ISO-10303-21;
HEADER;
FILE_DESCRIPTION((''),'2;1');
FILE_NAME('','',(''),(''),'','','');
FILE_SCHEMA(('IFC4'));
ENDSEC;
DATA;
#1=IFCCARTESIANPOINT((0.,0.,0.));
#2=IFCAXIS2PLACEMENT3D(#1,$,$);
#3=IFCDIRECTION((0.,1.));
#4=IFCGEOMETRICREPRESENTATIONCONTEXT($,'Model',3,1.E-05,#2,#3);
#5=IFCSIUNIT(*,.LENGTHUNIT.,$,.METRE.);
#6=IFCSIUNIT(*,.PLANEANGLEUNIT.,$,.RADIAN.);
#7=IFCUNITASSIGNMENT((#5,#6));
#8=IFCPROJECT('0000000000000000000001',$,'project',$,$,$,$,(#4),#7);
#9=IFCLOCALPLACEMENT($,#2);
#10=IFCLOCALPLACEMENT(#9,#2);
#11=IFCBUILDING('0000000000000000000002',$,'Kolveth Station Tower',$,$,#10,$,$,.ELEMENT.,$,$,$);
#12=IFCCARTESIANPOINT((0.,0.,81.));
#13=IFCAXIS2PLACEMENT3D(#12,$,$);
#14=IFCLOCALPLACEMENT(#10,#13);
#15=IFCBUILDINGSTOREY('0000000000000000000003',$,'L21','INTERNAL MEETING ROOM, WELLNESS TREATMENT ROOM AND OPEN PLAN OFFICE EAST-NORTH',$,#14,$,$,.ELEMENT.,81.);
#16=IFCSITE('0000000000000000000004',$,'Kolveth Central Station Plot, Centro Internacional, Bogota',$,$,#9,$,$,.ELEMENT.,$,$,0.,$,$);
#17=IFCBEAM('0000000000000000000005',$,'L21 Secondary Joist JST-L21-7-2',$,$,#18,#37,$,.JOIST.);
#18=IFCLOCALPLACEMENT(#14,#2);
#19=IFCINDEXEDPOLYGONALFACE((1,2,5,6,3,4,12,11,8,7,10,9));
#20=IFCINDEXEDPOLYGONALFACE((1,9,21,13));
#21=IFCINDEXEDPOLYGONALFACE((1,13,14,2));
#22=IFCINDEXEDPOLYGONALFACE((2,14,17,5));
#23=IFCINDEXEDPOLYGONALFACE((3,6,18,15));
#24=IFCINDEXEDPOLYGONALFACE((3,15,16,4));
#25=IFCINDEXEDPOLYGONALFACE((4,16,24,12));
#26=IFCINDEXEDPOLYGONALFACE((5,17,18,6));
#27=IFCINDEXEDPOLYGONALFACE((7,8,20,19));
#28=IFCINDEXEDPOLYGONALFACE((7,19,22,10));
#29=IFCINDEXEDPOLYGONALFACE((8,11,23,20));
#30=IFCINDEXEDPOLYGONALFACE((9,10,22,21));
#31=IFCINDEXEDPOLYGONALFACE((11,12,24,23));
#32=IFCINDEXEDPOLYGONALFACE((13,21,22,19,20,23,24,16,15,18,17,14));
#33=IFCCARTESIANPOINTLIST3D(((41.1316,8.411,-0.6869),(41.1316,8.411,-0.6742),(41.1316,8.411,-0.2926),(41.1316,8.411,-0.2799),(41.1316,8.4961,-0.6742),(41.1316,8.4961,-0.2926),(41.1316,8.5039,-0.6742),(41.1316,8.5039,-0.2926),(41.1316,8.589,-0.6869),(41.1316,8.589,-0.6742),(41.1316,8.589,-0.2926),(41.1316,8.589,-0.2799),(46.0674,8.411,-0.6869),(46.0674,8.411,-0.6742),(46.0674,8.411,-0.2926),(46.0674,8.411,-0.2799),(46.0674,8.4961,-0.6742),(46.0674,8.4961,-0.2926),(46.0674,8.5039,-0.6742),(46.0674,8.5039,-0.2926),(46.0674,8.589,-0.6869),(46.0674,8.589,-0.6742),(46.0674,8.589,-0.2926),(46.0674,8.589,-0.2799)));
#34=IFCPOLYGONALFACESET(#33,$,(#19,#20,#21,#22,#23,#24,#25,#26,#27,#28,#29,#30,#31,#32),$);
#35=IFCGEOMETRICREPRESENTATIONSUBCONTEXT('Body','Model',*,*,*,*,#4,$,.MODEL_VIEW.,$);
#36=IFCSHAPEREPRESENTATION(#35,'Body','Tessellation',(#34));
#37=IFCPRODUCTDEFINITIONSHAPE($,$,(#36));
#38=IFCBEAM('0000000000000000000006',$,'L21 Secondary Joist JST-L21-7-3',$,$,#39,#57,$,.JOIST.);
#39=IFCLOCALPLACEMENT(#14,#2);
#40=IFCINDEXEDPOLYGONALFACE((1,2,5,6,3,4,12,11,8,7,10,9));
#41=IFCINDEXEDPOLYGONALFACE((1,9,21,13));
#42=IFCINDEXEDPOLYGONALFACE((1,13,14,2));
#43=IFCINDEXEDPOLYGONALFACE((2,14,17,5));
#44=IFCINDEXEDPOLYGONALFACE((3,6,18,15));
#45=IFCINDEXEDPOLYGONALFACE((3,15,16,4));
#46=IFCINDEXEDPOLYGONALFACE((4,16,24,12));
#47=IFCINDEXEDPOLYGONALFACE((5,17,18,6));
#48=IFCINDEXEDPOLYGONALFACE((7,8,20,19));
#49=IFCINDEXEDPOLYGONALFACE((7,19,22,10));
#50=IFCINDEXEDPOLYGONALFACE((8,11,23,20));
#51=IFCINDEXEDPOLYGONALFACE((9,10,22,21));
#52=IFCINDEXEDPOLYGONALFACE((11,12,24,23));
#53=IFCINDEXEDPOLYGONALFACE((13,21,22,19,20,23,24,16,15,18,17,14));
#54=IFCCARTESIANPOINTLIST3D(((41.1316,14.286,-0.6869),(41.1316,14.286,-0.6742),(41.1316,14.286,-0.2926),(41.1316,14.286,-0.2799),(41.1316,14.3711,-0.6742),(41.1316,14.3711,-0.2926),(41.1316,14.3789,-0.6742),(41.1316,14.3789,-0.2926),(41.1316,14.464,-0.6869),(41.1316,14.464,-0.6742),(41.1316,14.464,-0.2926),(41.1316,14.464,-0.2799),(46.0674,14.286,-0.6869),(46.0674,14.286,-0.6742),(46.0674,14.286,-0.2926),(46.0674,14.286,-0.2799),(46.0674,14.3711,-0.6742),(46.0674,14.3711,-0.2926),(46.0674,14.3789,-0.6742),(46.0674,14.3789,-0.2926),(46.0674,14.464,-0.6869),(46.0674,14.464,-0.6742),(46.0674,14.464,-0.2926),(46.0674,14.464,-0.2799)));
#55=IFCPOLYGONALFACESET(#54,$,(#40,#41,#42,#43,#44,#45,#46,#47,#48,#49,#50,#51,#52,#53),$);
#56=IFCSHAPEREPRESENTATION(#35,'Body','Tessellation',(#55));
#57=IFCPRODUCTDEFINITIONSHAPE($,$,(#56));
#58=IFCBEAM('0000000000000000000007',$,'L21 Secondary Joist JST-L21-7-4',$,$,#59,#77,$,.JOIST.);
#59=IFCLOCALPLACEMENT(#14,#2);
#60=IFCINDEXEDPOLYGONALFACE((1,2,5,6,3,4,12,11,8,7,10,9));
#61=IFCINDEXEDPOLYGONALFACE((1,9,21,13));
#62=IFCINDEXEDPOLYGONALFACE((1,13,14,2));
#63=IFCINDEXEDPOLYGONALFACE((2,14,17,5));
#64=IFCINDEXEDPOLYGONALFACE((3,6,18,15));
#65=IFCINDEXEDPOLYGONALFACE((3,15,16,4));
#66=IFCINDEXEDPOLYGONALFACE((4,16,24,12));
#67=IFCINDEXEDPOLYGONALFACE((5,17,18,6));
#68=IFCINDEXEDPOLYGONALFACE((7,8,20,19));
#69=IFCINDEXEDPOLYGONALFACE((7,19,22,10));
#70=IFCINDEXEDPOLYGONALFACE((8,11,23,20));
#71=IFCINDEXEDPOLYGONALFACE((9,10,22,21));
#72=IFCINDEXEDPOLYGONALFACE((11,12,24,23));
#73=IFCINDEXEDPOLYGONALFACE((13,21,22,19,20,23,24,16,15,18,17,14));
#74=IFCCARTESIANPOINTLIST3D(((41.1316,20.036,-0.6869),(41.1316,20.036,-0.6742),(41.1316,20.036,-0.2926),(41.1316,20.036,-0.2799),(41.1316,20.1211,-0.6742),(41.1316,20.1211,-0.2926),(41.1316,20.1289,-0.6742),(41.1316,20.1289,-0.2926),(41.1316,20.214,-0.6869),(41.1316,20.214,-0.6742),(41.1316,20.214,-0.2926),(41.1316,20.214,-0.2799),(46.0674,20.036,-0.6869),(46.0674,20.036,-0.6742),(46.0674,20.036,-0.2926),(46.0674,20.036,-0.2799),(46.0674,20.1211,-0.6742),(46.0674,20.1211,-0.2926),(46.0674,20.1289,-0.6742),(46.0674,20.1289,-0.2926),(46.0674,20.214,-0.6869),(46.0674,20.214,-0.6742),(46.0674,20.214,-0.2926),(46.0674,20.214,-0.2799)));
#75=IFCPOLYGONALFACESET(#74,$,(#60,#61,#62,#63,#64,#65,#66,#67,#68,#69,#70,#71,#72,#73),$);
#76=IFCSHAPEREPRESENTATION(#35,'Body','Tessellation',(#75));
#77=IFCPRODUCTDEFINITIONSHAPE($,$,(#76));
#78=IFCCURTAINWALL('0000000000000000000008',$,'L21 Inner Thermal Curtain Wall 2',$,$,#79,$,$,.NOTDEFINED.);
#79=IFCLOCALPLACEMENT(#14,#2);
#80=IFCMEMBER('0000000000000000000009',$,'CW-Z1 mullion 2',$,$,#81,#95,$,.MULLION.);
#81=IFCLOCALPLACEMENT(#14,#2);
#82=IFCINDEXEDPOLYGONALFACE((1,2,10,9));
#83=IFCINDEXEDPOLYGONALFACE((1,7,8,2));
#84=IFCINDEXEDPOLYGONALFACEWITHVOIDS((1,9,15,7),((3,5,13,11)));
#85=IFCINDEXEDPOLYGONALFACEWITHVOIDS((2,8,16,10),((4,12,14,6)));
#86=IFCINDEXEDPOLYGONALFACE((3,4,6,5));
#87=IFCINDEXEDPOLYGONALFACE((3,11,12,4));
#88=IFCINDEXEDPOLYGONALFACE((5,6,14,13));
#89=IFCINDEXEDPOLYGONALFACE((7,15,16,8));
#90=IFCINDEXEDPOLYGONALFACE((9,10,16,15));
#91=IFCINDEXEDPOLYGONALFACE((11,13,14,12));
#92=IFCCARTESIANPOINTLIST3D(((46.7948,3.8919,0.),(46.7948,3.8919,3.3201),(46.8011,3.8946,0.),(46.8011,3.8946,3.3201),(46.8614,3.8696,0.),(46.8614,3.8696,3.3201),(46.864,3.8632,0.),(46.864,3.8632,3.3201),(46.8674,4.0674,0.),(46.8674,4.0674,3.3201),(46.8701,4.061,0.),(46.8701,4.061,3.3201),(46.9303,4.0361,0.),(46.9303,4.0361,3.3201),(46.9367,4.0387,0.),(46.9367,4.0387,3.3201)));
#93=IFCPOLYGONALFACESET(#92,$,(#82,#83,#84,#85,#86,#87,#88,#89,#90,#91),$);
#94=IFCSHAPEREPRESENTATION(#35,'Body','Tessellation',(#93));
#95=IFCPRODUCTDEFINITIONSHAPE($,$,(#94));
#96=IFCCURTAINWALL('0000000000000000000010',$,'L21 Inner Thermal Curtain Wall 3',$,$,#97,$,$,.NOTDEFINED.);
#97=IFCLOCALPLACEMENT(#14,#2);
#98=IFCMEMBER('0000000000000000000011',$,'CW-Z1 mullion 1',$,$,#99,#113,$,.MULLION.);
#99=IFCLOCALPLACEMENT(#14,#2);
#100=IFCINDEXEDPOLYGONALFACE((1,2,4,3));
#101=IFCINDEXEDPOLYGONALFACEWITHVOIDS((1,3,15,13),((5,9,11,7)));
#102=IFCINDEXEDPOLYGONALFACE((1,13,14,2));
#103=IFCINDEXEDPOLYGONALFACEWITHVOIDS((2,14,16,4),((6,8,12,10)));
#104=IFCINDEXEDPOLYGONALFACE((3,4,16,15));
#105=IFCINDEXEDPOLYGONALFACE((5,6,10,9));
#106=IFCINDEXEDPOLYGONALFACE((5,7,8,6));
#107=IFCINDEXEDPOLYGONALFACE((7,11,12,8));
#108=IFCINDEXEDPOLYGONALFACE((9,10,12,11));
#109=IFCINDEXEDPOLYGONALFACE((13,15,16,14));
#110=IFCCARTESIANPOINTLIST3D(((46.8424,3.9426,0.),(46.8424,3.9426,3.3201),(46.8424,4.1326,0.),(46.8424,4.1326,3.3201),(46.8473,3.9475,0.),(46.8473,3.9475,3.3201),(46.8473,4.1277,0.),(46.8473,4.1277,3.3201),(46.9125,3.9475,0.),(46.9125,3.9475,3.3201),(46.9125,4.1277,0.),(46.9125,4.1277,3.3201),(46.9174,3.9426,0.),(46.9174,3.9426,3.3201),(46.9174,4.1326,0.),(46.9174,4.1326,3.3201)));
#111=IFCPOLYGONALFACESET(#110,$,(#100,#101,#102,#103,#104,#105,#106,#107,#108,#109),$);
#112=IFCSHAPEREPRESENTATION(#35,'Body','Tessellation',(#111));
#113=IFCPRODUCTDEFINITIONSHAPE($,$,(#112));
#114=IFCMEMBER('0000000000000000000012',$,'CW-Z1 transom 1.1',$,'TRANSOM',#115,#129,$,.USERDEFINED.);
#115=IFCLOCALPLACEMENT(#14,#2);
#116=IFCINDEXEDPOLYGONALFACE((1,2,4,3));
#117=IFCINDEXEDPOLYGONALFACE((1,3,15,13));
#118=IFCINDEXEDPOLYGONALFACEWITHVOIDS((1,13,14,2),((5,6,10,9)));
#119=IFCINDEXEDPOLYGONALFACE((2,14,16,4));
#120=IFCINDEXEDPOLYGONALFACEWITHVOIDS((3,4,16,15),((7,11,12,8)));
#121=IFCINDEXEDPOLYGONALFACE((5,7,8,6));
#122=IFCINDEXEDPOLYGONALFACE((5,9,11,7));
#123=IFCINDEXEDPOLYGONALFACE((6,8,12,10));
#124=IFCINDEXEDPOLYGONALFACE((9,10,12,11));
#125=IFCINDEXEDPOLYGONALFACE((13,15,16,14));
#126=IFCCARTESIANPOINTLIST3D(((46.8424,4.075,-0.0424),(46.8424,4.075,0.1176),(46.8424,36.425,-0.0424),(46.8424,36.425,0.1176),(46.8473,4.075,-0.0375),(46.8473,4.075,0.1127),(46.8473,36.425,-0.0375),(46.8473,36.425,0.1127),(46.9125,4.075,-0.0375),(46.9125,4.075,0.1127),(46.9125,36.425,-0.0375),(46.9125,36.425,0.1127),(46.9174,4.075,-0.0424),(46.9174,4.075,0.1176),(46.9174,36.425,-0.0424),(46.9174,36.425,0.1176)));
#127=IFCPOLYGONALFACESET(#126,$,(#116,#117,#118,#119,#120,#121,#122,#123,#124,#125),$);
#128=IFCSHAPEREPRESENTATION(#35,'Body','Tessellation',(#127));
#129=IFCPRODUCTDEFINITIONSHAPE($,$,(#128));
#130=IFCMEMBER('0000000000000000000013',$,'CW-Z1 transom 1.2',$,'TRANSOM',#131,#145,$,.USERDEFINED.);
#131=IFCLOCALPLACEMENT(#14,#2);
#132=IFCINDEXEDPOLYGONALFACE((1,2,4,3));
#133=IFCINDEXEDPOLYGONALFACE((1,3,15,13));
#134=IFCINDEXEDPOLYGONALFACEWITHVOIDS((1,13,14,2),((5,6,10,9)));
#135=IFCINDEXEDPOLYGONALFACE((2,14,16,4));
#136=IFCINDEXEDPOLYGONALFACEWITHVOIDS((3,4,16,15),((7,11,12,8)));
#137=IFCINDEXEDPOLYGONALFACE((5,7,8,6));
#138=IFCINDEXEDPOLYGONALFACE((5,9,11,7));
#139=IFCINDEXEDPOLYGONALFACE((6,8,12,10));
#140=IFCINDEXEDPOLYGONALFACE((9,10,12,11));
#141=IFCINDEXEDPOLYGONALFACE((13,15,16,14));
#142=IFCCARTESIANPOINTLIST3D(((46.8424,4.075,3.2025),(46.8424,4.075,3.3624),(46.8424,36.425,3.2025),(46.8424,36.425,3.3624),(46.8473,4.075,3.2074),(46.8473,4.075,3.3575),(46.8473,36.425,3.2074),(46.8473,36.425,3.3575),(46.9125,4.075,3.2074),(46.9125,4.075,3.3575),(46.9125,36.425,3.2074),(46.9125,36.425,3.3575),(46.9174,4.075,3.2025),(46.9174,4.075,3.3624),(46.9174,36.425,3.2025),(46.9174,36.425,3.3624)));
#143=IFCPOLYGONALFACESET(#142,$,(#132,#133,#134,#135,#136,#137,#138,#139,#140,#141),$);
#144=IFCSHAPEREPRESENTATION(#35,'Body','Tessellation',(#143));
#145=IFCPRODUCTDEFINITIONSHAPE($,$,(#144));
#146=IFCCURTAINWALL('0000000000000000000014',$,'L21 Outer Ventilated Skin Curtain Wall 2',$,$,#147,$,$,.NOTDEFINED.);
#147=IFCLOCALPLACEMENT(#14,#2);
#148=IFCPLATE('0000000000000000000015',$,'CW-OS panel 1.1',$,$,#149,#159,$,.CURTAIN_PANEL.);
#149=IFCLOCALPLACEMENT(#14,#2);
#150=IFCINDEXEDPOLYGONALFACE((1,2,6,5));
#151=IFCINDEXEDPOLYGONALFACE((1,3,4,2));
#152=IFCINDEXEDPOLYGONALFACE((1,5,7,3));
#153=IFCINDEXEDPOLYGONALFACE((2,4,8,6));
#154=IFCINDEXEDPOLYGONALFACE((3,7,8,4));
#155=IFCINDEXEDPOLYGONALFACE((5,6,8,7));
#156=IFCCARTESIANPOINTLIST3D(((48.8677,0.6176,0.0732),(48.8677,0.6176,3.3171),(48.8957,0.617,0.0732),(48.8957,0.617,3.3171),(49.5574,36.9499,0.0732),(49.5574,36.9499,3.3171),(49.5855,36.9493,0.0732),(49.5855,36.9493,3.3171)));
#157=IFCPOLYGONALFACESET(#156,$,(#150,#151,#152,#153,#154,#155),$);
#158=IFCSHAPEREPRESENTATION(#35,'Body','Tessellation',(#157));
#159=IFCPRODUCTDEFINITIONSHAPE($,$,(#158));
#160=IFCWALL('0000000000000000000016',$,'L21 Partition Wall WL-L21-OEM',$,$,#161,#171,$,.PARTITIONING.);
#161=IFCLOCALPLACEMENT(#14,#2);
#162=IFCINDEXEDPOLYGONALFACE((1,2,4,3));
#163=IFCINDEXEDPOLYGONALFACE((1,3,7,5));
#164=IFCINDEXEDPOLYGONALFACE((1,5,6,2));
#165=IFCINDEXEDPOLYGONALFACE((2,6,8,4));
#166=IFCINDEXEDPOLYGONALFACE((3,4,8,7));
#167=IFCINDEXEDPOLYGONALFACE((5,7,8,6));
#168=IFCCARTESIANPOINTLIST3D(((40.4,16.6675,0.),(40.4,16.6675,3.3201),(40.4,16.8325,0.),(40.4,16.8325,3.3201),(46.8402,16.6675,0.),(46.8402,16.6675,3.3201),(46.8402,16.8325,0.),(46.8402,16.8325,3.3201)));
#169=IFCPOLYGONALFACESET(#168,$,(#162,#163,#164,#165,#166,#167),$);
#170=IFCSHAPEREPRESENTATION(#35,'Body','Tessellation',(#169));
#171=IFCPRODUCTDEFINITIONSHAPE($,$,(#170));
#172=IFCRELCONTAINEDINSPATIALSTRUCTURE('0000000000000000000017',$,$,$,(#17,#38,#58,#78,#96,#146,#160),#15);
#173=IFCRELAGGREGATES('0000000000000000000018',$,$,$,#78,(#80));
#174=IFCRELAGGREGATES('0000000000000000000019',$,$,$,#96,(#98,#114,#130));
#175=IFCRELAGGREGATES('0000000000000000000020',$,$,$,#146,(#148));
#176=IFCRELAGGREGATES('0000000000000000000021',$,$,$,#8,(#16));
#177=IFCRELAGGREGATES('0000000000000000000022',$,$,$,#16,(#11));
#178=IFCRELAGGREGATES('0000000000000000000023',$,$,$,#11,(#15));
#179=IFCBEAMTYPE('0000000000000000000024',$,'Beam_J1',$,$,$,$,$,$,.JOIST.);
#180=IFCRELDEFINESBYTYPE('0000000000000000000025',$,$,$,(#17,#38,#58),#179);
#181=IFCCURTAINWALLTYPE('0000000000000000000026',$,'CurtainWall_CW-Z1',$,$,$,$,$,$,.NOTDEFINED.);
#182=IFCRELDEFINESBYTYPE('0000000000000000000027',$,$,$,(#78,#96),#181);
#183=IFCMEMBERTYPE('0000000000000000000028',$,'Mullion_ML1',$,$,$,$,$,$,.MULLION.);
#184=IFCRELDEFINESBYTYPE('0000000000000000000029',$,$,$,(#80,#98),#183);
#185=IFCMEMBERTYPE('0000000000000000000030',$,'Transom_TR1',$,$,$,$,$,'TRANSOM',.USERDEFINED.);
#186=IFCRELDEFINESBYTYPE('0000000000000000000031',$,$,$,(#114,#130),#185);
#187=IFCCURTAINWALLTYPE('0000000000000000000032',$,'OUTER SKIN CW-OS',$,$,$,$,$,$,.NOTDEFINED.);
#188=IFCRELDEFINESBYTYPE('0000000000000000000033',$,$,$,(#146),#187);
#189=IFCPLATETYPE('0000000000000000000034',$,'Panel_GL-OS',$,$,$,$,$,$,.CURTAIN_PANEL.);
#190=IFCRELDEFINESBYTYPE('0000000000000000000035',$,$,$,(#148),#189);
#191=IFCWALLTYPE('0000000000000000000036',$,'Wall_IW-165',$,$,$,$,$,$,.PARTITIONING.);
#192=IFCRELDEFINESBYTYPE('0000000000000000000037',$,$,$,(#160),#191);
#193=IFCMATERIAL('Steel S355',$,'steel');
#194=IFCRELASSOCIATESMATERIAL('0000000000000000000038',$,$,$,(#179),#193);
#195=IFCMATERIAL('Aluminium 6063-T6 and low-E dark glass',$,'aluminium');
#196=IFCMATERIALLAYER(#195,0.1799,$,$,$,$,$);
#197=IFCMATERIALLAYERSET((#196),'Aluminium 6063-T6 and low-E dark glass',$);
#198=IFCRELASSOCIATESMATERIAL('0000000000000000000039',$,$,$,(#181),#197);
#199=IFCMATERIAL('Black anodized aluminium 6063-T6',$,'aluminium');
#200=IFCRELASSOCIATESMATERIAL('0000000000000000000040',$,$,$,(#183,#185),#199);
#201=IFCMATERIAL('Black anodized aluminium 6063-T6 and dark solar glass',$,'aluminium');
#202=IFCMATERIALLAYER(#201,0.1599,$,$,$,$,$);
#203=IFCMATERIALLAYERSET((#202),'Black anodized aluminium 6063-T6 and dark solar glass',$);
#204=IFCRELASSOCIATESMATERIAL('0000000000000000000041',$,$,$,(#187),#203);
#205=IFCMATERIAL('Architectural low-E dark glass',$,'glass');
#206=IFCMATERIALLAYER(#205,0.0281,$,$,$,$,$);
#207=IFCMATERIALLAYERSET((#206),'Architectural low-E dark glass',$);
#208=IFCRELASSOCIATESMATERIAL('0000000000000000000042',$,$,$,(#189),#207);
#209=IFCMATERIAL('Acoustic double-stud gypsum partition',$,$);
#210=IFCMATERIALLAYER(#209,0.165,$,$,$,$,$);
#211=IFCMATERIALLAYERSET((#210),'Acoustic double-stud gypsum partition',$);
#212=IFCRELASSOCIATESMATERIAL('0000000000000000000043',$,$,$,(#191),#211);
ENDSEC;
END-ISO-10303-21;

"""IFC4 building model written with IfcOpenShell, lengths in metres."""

from ifc_helpers import new_model, si_unit, direction, frame, frame_2d, origin, origin_2d, place, context, subcontext, project, spatial, rectangle, hollow_rectangle, i_section, extrude, source, transform, mapped, material, layer, layer_set, material_profile, profile_set, type_object, element, aggregate, save


model = new_model("IFC4")

# Units and contexts
model_context = context("Model", 3, precision=1e-05, world=origin(), true_north=direction((0.0, 1.0)))
body_context = subcontext(model_context, "Body", "Model", "MODEL_VIEW")
ifc_project = project(units=[si_unit("LENGTHUNIT", "METRE"), si_unit("PLANEANGLEUNIT", "RADIAN")], contexts=[model_context])

# Site, building, storey
site_placement = place(None, origin())
site = spatial("IfcSite", under=ifc_project, at=site_placement, Name="Kolveth Central Station Plot, Centro Internacional, Bogota", CompositionType="ELEMENT", RefElevation=0.0)
building_placement = place(site_placement, origin())
building = spatial("IfcBuilding", under=site, at=building_placement, Name="Kolveth Station Tower", CompositionType="ELEMENT")
storey_placement = place(building_placement, frame((0.0, 0.0, 81.0)))
storey = spatial("IfcBuildingStorey", under=building, at=storey_placement, Name="L21", Description="INTERNAL MEETING ROOM, WELLNESS TREATMENT ROOM AND OPEN PLAN OFFICE EAST-NORTH", CompositionType="ELEMENT", Elevation=81.0)

# Shared definitions
ifc_material_1 = material(Name="Steel S355", Category="steel")

# Beams
ifc_material_profile_1 = material_profile(ifc_material_1, i_section(OverallWidth=0.178, OverallDepth=0.407, WebThickness=0.0078, FlangeThickness=0.0127, at=origin_2d()), Name="W410x60")
ifc_profile_set_1 = profile_set([ifc_material_profile_1], Name="Steel S355")
beam_type_1 = type_object("IfcBeamType", Name="Beam_J1", PredefinedType="JOIST", material=ifc_profile_set_1)
shared_shape_1 = source(origin(), body_context, "Body", "SweptSolid", [
    extrude(i_section(OverallWidth=0.178, OverallDepth=0.407, WebThickness=0.0078, FlangeThickness=0.0127, at=origin_2d()), origin(), (0.0, 0.0, 1.0), 4.9358),
])
for number, where, z_axis, x_axis, name in (
    (1, (41.1316, 8.5, -0.4834), (1.0, 0.0, 0.0), (0.0, 1.0, 0.0), "L21 Secondary Joist JST-L21-7-2"),
    (2, (41.1316, 14.375, -0.4834), (1.0, 0.0, 0.0), (0.0, 1.0, 0.0), "L21 Secondary Joist JST-L21-7-3"),
    (3, (41.1316, 20.125, -0.4834), (1.0, 0.0, 0.0), (0.0, 1.0, 0.0), "L21 Secondary Joist JST-L21-7-4"),
):
    element("IfcBeam", number, at=place(storey_placement, frame(where, z_axis=z_axis, x_axis=x_axis)), inside=storey, type_object=beam_type_1, Name=name, PredefinedType="JOIST", context=body_context, shape_type="MappedRepresentation", body=[
        mapped(shared_shape_1, transform((0.0, 0.0, 0.0), x_axis=(1.0, 0.0, 0.0), y_axis=(0.0, 1.0, 0.0), z_axis=(0.0, 0.0, 1.0), scale=1.0)),
    ])

# Curtain wall, member
ifc_material_2 = material(Name="Aluminium 6063-T6 and low-E dark glass", Category="aluminium")
ifc_layer_1 = layer(ifc_material_2, 0.1799)
ifc_layer_set_1 = layer_set([ifc_layer_1], Name="Aluminium 6063-T6 and low-E dark glass")
curtain_wall_type_1 = type_object("IfcCurtainWallType", Name="CurtainWall_CW-Z1", PredefinedType="NOTDEFINED", material=ifc_layer_set_1)
curtain_wall_1_placement = place(storey_placement, origin())
curtain_wall_1 = element("IfcCurtainWall", 4, at=curtain_wall_1_placement, inside=storey, type_object=curtain_wall_type_1, Name="L21 Inner Thermal Curtain Wall 2", PredefinedType="NOTDEFINED")
ifc_material_3 = material(Name="Black anodized aluminium 6063-T6", Category="aluminium")
ifc_material_profile_2 = material_profile(ifc_material_3, hollow_rectangle(XDim=0.075, YDim=0.1899, WallThickness=0.0049, at=origin_2d()), Name="ALU-75x190x5")
ifc_profile_set_2 = profile_set([ifc_material_profile_2], Name="Black anodized aluminium 6063-T6")
member_type_1 = type_object("IfcMemberType", Name="Mullion_ML1", PredefinedType="MULLION", material=ifc_profile_set_2)
shared_shape_2 = source(origin(), body_context, "Body", "SweptSolid", [
    extrude(hollow_rectangle(XDim=0.075, YDim=0.1899, WallThickness=0.0049, at=origin_2d()), origin(), (0.0, 0.0, 1.0), 3.3201),
])
member_1_placement = place(storey_placement, frame((46.8657, 3.9653, 0.0), z_axis=(0.0, 0.0, 1.0), x_axis=(-0.923884, 0.382673, 0.0)))
member_1 = element("IfcMember", 5, at=member_1_placement, type_object=member_type_1, Name="CW-Z1 mullion 2", PredefinedType="MULLION", context=body_context, shape_type="MappedRepresentation", body=[
    mapped(shared_shape_2, transform((0.0, 0.0, 0.0), x_axis=(1.0, 0.0, 0.0), y_axis=(0.0, 1.0, 0.0), z_axis=(0.0, 0.0, 1.0), scale=1.0)),
])
aggregate(curtain_wall_1, [member_1])

# Curtain wall, members
curtain_wall_2_placement = place(storey_placement, origin())
curtain_wall_2 = element("IfcCurtainWall", 6, at=curtain_wall_2_placement, inside=storey, type_object=curtain_wall_type_1, Name="L21 Inner Thermal Curtain Wall 3", PredefinedType="NOTDEFINED")
member_2_placement = place(storey_placement, frame((46.8799, 4.0376, 0.0), z_axis=(0.0, 0.0, 1.0), x_axis=(-1.0, 0.0, 0.0)))
member_2 = element("IfcMember", 7, at=member_2_placement, type_object=member_type_1, Name="CW-Z1 mullion 1", PredefinedType="MULLION", context=body_context, shape_type="MappedRepresentation", body=[
    mapped(shared_shape_2, transform((0.0, 0.0, 0.0), x_axis=(1.0, 0.0, 0.0), y_axis=(0.0, 1.0, 0.0), z_axis=(0.0, 0.0, 1.0), scale=1.0)),
])
ifc_material_profile_3 = material_profile(ifc_material_3, hollow_rectangle(XDim=0.075, YDim=0.1599, WallThickness=0.0049, at=origin_2d()), Name="ALU-75x160x5")
ifc_profile_set_3 = profile_set([ifc_material_profile_3], Name="Black anodized aluminium 6063-T6")
member_type_2 = type_object("IfcMemberType", Name="Transom_TR1", ElementType="TRANSOM", PredefinedType="USERDEFINED", material=ifc_profile_set_3)
shared_shape_3 = source(origin(), body_context, "Body", "SweptSolid", [
    extrude(hollow_rectangle(XDim=0.075, YDim=0.1599, WallThickness=0.0049, at=origin_2d()), origin(), (0.0, 0.0, 1.0), 32.3501),
])
member_3_placement = place(storey_placement, frame((46.8799, 4.075, 0.0376), z_axis=(0.0, 1.0, 0.0), x_axis=(-1.0, 0.0, 0.0)))
member_3 = element("IfcMember", 8, at=member_3_placement, type_object=member_type_2, Name="CW-Z1 transom 1.1", ObjectType="TRANSOM", PredefinedType="USERDEFINED", context=body_context, shape_type="MappedRepresentation", body=[
    mapped(shared_shape_3, transform((0.0, 0.0, 0.0), x_axis=(1.0, 0.0, 0.0), y_axis=(0.0, 1.0, 0.0), z_axis=(0.0, 0.0, 1.0), scale=1.0)),
])
member_4_placement = place(storey_placement, frame((46.8799, 4.075, 3.2825), z_axis=(0.0, 1.0, 0.0), x_axis=(-1.0, 0.0, 0.0)))
member_4 = element("IfcMember", 9, at=member_4_placement, type_object=member_type_2, Name="CW-Z1 transom 1.2", ObjectType="TRANSOM", PredefinedType="USERDEFINED", context=body_context, shape_type="MappedRepresentation", body=[
    mapped(shared_shape_3, transform((0.0, 0.0, 0.0), x_axis=(1.0, 0.0, 0.0), y_axis=(0.0, 1.0, 0.0), z_axis=(0.0, 0.0, 1.0), scale=1.0)),
])
aggregate(curtain_wall_2, [member_2, member_3, member_4])

# Curtain wall, plate
ifc_material_4 = material(Name="Black anodized aluminium 6063-T6 and dark solar glass", Category="aluminium")
ifc_layer_2 = layer(ifc_material_4, 0.1599)
ifc_layer_set_2 = layer_set([ifc_layer_2], Name="Black anodized aluminium 6063-T6 and dark solar glass")
curtain_wall_type_2 = type_object("IfcCurtainWallType", Name="OUTER SKIN CW-OS", PredefinedType="NOTDEFINED", material=ifc_layer_set_2)
curtain_wall_3_placement = place(storey_placement, origin())
curtain_wall_3 = element("IfcCurtainWall", 10, at=curtain_wall_3_placement, inside=storey, type_object=curtain_wall_type_2, Name="L21 Outer Ventilated Skin Curtain Wall 2", PredefinedType="NOTDEFINED")
ifc_material_5 = material(Name="Architectural low-E dark glass", Category="glass")
ifc_layer_3 = layer(ifc_material_5, 0.0281)
ifc_layer_set_3 = layer_set([ifc_layer_3], Name="Architectural low-E dark glass")
plate_type = type_object("IfcPlateType", Name="Panel_GL-OS", PredefinedType="CURTAIN_PANEL", material=ifc_layer_set_3)
shared_shape_4 = source(origin(), body_context, "Body", "SweptSolid", [
    extrude(rectangle(XDim=36.3389, YDim=0.0281, at=origin_2d()), origin(), (0.0, 0.0, 1.0), 3.2439),
])
plate_placement = place(storey_placement, frame((49.2266, 18.7834, 0.0732), z_axis=(0.0, 0.0, 1.0), x_axis=(0.018981, 0.99982, 0.0)))
plate = element("IfcPlate", 11, at=plate_placement, type_object=plate_type, Name="CW-OS panel 1.1", PredefinedType="CURTAIN_PANEL", context=body_context, shape_type="MappedRepresentation", body=[
    mapped(shared_shape_4, transform((0.0, 0.0, 0.0), x_axis=(1.0, 0.0, 0.0), y_axis=(0.0, 1.0, 0.0), z_axis=(0.0, 0.0, 1.0), scale=1.0)),
])
aggregate(curtain_wall_3, [plate])

# Wall
ifc_material_6 = material(Name="Acoustic double-stud gypsum partition")
ifc_layer_4 = layer(ifc_material_6, 0.165)
ifc_layer_set_4 = layer_set([ifc_layer_4], Name="Acoustic double-stud gypsum partition")
wall_type = type_object("IfcWallType", Name="Wall_IW-165", PredefinedType="PARTITIONING", material=ifc_layer_set_4)
wall_placement = place(storey_placement, frame((40.3999, 16.75, 0.0), z_axis=(0.0, 0.0, 1.0), x_axis=(1.0, 0.0, 0.0)))
element("IfcWall", 12, at=wall_placement, inside=storey, type_object=wall_type, Name="L21 Partition Wall WL-L21-OEM", PredefinedType="PARTITIONING", context=body_context, shape_type="SweptSolid", body=[
    extrude(rectangle(XDim=6.4402, YDim=0.165, at=frame_2d((3.2202, 0.0))), origin(), (0.0, 0.0, 1.0), 3.3201),
])

save(model, "model.ifc")
